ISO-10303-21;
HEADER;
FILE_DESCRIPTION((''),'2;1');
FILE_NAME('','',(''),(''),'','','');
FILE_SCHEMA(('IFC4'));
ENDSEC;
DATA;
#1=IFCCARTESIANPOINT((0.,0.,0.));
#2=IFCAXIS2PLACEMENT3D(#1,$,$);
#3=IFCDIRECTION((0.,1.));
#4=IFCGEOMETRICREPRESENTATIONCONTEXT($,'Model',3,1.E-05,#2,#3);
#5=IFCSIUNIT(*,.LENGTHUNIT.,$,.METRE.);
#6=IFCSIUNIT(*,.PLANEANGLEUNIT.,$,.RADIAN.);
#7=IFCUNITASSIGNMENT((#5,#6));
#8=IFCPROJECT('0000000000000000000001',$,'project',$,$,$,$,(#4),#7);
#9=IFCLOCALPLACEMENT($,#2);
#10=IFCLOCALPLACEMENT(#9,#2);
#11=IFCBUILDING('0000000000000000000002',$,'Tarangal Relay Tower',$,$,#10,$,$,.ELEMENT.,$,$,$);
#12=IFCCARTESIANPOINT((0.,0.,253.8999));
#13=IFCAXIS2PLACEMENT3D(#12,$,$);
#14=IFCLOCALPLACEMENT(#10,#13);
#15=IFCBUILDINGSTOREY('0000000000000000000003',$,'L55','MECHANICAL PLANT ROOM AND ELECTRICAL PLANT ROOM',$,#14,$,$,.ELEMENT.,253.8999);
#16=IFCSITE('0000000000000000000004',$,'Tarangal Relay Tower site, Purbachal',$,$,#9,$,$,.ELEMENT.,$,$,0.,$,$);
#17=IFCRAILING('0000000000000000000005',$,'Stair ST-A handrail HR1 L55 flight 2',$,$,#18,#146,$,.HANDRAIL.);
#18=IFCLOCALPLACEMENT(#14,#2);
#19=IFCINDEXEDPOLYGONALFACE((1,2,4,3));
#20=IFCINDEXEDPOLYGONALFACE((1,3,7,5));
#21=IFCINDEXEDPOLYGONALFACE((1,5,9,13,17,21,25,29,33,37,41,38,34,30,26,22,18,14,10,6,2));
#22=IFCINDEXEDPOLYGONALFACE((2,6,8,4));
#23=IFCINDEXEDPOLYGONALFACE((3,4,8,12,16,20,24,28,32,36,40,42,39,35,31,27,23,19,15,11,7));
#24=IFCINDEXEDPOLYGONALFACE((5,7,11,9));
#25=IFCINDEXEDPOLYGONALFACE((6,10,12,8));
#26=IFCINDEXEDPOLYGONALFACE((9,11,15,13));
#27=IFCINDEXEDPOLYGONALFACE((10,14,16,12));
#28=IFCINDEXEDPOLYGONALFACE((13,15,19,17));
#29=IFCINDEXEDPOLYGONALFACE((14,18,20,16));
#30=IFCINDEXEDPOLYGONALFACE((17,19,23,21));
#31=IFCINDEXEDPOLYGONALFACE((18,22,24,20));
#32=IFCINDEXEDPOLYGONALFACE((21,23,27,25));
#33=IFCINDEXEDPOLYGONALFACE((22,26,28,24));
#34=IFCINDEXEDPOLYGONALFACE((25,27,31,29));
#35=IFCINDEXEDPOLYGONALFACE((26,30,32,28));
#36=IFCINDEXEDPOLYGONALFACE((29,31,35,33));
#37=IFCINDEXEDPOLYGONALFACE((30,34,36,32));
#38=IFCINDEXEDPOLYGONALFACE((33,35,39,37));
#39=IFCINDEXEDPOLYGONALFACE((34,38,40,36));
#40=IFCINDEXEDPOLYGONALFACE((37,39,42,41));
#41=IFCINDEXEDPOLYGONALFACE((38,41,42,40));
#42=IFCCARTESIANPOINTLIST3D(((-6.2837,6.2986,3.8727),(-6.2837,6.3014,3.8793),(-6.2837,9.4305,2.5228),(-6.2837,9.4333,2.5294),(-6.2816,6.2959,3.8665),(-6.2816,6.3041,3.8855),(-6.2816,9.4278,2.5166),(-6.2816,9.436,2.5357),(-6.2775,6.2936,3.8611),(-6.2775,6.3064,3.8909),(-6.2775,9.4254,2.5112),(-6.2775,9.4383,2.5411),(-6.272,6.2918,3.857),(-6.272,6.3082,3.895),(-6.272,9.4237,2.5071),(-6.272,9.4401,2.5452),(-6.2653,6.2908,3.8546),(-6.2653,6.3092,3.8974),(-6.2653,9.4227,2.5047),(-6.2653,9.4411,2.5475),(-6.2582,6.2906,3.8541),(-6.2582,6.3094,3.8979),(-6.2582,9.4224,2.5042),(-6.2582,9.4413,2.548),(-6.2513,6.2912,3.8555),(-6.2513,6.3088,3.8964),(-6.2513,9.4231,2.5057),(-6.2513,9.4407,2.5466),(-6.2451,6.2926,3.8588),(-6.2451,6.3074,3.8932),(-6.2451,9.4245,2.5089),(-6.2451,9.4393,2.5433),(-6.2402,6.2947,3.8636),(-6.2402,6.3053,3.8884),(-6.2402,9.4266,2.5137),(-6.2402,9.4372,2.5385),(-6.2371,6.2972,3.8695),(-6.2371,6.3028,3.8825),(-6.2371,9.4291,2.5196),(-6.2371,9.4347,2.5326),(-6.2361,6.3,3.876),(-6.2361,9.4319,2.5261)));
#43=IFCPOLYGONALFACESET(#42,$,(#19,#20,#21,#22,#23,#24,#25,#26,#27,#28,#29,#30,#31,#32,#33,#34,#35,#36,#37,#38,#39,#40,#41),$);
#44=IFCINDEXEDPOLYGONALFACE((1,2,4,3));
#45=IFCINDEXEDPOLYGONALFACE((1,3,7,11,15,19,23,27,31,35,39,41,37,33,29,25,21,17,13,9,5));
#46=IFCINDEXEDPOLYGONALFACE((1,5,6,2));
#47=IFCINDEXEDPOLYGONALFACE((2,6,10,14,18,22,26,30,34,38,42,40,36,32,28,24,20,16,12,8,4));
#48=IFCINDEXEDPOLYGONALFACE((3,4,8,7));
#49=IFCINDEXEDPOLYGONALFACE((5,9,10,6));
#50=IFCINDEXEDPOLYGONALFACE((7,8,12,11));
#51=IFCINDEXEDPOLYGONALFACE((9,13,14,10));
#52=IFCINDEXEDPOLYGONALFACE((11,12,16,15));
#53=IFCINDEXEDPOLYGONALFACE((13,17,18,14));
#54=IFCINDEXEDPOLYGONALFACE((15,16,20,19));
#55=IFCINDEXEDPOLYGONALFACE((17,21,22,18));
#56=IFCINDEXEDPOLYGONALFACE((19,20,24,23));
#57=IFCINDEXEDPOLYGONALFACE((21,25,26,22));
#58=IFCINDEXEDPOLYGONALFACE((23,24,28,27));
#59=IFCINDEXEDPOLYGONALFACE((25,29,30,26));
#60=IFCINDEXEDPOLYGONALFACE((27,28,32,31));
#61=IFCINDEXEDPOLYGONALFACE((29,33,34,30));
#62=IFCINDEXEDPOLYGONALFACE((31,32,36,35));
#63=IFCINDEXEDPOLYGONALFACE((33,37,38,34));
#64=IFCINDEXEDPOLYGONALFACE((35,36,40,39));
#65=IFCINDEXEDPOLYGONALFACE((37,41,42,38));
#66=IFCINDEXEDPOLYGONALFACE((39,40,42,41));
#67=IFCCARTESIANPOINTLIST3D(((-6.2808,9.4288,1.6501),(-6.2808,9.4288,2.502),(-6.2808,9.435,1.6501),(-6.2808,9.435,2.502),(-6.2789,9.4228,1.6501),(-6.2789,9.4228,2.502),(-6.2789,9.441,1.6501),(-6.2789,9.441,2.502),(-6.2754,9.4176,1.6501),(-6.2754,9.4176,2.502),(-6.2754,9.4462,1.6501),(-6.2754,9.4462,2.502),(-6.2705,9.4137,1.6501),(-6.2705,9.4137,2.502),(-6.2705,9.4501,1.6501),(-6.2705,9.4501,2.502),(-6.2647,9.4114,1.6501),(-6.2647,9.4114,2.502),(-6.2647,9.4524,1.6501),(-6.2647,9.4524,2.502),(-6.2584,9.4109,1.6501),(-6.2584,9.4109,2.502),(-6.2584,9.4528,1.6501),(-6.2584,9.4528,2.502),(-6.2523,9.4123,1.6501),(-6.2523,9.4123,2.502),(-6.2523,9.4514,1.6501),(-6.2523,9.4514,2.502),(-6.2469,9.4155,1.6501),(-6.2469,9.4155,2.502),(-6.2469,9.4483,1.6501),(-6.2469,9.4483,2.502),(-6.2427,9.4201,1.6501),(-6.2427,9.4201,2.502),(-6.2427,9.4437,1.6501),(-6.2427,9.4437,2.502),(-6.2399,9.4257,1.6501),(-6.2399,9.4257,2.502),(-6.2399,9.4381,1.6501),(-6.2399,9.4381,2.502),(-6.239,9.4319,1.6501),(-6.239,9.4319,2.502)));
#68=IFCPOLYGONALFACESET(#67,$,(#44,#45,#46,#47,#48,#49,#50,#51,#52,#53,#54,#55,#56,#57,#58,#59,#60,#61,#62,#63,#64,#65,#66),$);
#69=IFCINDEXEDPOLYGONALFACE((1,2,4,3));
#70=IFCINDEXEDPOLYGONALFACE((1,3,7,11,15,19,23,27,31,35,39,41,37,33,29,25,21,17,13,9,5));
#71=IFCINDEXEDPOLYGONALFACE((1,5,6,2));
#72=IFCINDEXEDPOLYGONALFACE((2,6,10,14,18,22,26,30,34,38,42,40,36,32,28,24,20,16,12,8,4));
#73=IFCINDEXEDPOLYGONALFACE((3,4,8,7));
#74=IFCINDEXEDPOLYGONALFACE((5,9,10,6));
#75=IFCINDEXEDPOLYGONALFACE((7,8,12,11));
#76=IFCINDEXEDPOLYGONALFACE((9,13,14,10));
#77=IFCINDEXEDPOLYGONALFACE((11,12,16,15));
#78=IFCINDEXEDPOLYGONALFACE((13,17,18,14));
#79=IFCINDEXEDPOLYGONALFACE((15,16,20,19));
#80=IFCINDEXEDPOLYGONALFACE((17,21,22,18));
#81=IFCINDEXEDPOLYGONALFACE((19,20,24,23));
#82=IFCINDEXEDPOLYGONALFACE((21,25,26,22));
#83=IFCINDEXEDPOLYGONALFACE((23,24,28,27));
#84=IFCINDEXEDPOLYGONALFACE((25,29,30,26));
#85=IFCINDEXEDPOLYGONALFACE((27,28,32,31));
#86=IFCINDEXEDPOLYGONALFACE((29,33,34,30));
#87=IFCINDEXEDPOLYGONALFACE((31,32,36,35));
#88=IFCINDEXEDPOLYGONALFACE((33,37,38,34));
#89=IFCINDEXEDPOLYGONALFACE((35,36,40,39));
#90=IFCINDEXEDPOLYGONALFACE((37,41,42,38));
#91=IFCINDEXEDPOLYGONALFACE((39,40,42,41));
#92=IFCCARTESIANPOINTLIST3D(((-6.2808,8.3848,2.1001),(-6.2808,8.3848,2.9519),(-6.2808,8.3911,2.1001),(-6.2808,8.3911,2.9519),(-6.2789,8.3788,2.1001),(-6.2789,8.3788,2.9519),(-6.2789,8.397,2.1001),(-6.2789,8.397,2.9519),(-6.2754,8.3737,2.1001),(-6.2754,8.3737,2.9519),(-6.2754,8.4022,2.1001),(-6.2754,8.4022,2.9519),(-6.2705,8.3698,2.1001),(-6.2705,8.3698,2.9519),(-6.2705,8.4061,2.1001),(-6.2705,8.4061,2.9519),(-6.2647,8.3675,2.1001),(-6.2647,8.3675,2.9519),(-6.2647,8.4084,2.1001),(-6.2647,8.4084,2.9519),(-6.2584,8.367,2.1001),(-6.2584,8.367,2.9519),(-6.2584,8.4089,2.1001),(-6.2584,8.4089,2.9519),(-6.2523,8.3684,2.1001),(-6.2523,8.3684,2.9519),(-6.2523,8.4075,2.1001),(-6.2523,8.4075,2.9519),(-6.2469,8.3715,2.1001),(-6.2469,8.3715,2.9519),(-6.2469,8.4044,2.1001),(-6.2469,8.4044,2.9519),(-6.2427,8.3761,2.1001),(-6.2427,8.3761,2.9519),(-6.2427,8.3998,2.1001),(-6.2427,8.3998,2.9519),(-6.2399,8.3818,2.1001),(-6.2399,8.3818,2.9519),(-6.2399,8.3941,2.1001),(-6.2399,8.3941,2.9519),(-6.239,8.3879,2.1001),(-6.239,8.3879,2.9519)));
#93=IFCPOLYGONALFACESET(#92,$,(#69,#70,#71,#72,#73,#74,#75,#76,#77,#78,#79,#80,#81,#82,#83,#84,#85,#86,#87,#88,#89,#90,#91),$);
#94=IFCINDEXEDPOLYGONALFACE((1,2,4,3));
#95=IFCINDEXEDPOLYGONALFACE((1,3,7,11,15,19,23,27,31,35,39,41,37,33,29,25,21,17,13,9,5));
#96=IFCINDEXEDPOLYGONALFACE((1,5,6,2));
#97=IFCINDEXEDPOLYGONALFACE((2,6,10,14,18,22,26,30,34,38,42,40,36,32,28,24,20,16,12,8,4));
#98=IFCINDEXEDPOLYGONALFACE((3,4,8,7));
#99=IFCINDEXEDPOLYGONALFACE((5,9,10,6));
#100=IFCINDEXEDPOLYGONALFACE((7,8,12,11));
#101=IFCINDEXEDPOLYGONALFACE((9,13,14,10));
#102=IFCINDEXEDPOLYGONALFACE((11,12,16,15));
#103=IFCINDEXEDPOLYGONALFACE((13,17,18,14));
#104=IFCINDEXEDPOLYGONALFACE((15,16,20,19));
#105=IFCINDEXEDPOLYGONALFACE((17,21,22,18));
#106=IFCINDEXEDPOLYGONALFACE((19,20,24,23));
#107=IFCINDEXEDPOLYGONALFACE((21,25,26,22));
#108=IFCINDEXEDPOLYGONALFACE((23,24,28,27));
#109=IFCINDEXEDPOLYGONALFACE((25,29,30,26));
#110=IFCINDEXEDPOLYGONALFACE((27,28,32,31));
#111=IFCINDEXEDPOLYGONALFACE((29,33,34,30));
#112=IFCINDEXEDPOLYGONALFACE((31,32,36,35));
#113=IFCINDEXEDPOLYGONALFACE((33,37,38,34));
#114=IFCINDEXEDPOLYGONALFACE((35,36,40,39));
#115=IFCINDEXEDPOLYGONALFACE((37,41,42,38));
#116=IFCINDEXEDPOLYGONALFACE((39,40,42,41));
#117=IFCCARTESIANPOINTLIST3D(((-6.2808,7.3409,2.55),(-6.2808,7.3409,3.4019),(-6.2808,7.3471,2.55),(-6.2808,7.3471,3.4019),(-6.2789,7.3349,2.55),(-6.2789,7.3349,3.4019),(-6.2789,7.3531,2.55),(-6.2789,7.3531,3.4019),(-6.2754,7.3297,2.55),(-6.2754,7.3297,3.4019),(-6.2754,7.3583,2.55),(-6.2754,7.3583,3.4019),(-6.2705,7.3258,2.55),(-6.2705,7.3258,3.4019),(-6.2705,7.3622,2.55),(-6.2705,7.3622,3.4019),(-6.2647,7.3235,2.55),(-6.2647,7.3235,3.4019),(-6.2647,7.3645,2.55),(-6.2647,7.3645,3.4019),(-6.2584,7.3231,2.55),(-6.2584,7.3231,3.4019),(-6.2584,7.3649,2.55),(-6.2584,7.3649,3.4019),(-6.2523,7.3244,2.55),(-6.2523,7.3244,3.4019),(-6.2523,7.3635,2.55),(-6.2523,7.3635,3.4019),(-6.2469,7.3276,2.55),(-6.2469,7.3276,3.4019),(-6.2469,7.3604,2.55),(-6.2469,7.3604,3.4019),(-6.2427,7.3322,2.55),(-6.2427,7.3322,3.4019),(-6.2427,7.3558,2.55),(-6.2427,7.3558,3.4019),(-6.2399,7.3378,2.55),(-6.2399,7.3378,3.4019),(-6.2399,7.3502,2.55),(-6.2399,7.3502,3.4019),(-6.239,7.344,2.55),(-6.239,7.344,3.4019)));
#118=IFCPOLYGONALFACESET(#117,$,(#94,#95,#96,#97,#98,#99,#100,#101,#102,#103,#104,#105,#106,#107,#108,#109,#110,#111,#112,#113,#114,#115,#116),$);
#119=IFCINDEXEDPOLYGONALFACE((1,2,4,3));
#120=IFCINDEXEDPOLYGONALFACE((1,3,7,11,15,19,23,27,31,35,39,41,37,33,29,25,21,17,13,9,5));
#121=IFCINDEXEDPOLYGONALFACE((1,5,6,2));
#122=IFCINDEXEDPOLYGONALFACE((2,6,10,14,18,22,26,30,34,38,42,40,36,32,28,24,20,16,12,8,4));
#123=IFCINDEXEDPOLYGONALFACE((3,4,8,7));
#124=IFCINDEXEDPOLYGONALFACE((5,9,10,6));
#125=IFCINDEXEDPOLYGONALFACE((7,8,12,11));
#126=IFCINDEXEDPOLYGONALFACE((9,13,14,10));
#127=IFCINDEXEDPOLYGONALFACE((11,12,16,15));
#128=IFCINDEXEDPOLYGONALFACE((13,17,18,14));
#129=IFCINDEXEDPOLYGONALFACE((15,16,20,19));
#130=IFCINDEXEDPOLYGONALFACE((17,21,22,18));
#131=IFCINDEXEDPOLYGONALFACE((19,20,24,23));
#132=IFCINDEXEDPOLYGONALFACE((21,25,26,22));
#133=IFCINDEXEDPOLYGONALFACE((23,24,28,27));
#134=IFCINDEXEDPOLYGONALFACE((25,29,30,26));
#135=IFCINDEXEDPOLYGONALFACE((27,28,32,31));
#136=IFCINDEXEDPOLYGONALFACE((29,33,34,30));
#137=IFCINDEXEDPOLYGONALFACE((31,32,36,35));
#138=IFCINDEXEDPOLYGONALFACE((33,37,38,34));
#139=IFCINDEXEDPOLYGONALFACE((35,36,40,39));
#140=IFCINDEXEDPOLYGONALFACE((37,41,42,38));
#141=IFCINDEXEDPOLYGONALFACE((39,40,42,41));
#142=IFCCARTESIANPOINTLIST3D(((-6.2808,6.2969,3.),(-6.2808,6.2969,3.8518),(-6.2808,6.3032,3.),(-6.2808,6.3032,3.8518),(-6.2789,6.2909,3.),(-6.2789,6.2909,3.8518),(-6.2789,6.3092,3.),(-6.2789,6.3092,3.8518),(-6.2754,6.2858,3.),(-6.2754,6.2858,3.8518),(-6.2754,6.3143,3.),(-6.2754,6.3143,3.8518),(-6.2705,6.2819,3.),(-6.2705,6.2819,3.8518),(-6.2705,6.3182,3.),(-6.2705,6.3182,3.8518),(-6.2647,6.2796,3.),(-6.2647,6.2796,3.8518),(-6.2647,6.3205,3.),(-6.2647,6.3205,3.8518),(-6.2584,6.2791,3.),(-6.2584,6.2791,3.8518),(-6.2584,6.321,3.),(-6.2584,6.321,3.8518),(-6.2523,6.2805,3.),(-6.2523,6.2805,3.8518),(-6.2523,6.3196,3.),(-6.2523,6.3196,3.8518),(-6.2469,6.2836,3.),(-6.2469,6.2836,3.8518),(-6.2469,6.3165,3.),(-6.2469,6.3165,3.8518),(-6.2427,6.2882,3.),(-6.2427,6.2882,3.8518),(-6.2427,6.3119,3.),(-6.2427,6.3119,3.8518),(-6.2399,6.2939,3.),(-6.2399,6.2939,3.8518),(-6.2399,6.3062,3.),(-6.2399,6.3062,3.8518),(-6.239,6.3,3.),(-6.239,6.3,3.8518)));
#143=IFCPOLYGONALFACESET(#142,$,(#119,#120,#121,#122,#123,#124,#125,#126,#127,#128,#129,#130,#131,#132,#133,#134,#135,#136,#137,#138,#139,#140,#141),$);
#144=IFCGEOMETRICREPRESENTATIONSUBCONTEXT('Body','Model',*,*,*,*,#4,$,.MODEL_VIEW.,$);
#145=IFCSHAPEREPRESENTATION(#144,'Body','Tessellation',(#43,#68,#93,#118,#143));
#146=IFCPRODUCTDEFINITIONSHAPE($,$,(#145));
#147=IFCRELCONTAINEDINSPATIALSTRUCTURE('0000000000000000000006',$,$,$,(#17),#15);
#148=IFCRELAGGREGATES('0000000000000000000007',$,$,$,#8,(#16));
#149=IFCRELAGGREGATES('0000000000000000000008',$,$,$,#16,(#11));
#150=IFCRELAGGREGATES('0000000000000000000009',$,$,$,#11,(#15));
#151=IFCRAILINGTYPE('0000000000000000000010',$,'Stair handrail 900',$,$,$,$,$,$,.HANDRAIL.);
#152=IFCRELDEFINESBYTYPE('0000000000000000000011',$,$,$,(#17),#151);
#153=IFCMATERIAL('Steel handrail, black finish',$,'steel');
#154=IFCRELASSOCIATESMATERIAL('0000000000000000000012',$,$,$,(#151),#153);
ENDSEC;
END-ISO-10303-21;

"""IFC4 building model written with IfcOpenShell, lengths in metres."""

from ifc_helpers import new_model, si_unit, direction, frame, origin, origin_2d, place, context, subcontext, project, spatial, circle, extrude, material, type_object, element, save


model = new_model("IFC4")

# Units and contexts
model_context = context("Model", 3, precision=1e-05, world=origin(), true_north=direction((0.0, 1.0)))
body_context = subcontext(model_context, "Body", "Model", "MODEL_VIEW")
ifc_project = project(units=[si_unit("LENGTHUNIT", "METRE"), si_unit("PLANEANGLEUNIT", "RADIAN")], contexts=[model_context])

# Site, building, storey
site_placement = place(None, origin())
site = spatial("IfcSite", under=ifc_project, at=site_placement, Name="Tarangal Relay Tower site, Purbachal", CompositionType="ELEMENT", RefElevation=0.0)
building_placement = place(site_placement, origin())
building = spatial("IfcBuilding", under=site, at=building_placement, Name="Tarangal Relay Tower", CompositionType="ELEMENT")
storey_placement = place(building_placement, frame((0.0, 0.0, 253.8999)))
storey = spatial("IfcBuildingStorey", under=building, at=storey_placement, Name="L55", Description="MECHANICAL PLANT ROOM AND ELECTRICAL PLANT ROOM", CompositionType="ELEMENT", Elevation=253.8999)

# Railing
ifc_material_1 = material(Name="Steel handrail, black finish", Category="steel")
railing_type_1 = type_object("IfcRailingType", Name="Stair handrail 900", PredefinedType="HANDRAIL", material=ifc_material_1)
for number, where, name in (
    (1, (-6.26, 9.4319, 1.6501), "Stair ST-A handrail HR1 L55 flight 2"),
):
    element("IfcRailing", number, at=place(storey_placement, frame(where)), inside=storey, type_object=railing_type_1, Name=name, PredefinedType="HANDRAIL", context=body_context, shape_type="SweptSolid", body=[
        extrude(circle(Radius=0.0239, at=origin_2d()), frame((0.0, 0.0, 0.876), z_axis=(0.0, -0.918332, 0.395811), x_axis=(1.0, 0.0, 0.0)), (0.0, 0.0, 1.0), 3.4104),
        extrude(circle(Radius=0.021, at=origin_2d()), origin(), (0.0, 0.0, 1.0), 0.8518),
        extrude(circle(Radius=0.021, at=origin_2d()), frame((0.0, -1.0439, 0.45)), (0.0, 0.0, 1.0), 0.8518),
        extrude(circle(Radius=0.021, at=origin_2d()), frame((0.0, -2.0879, 0.8999)), (0.0, 0.0, 1.0), 0.8518),
        extrude(circle(Radius=0.021, at=origin_2d()), frame((0.0, -3.1318, 1.3499)), (0.0, 0.0, 1.0), 0.8518),
    ])

save(model, "model.ifc")
